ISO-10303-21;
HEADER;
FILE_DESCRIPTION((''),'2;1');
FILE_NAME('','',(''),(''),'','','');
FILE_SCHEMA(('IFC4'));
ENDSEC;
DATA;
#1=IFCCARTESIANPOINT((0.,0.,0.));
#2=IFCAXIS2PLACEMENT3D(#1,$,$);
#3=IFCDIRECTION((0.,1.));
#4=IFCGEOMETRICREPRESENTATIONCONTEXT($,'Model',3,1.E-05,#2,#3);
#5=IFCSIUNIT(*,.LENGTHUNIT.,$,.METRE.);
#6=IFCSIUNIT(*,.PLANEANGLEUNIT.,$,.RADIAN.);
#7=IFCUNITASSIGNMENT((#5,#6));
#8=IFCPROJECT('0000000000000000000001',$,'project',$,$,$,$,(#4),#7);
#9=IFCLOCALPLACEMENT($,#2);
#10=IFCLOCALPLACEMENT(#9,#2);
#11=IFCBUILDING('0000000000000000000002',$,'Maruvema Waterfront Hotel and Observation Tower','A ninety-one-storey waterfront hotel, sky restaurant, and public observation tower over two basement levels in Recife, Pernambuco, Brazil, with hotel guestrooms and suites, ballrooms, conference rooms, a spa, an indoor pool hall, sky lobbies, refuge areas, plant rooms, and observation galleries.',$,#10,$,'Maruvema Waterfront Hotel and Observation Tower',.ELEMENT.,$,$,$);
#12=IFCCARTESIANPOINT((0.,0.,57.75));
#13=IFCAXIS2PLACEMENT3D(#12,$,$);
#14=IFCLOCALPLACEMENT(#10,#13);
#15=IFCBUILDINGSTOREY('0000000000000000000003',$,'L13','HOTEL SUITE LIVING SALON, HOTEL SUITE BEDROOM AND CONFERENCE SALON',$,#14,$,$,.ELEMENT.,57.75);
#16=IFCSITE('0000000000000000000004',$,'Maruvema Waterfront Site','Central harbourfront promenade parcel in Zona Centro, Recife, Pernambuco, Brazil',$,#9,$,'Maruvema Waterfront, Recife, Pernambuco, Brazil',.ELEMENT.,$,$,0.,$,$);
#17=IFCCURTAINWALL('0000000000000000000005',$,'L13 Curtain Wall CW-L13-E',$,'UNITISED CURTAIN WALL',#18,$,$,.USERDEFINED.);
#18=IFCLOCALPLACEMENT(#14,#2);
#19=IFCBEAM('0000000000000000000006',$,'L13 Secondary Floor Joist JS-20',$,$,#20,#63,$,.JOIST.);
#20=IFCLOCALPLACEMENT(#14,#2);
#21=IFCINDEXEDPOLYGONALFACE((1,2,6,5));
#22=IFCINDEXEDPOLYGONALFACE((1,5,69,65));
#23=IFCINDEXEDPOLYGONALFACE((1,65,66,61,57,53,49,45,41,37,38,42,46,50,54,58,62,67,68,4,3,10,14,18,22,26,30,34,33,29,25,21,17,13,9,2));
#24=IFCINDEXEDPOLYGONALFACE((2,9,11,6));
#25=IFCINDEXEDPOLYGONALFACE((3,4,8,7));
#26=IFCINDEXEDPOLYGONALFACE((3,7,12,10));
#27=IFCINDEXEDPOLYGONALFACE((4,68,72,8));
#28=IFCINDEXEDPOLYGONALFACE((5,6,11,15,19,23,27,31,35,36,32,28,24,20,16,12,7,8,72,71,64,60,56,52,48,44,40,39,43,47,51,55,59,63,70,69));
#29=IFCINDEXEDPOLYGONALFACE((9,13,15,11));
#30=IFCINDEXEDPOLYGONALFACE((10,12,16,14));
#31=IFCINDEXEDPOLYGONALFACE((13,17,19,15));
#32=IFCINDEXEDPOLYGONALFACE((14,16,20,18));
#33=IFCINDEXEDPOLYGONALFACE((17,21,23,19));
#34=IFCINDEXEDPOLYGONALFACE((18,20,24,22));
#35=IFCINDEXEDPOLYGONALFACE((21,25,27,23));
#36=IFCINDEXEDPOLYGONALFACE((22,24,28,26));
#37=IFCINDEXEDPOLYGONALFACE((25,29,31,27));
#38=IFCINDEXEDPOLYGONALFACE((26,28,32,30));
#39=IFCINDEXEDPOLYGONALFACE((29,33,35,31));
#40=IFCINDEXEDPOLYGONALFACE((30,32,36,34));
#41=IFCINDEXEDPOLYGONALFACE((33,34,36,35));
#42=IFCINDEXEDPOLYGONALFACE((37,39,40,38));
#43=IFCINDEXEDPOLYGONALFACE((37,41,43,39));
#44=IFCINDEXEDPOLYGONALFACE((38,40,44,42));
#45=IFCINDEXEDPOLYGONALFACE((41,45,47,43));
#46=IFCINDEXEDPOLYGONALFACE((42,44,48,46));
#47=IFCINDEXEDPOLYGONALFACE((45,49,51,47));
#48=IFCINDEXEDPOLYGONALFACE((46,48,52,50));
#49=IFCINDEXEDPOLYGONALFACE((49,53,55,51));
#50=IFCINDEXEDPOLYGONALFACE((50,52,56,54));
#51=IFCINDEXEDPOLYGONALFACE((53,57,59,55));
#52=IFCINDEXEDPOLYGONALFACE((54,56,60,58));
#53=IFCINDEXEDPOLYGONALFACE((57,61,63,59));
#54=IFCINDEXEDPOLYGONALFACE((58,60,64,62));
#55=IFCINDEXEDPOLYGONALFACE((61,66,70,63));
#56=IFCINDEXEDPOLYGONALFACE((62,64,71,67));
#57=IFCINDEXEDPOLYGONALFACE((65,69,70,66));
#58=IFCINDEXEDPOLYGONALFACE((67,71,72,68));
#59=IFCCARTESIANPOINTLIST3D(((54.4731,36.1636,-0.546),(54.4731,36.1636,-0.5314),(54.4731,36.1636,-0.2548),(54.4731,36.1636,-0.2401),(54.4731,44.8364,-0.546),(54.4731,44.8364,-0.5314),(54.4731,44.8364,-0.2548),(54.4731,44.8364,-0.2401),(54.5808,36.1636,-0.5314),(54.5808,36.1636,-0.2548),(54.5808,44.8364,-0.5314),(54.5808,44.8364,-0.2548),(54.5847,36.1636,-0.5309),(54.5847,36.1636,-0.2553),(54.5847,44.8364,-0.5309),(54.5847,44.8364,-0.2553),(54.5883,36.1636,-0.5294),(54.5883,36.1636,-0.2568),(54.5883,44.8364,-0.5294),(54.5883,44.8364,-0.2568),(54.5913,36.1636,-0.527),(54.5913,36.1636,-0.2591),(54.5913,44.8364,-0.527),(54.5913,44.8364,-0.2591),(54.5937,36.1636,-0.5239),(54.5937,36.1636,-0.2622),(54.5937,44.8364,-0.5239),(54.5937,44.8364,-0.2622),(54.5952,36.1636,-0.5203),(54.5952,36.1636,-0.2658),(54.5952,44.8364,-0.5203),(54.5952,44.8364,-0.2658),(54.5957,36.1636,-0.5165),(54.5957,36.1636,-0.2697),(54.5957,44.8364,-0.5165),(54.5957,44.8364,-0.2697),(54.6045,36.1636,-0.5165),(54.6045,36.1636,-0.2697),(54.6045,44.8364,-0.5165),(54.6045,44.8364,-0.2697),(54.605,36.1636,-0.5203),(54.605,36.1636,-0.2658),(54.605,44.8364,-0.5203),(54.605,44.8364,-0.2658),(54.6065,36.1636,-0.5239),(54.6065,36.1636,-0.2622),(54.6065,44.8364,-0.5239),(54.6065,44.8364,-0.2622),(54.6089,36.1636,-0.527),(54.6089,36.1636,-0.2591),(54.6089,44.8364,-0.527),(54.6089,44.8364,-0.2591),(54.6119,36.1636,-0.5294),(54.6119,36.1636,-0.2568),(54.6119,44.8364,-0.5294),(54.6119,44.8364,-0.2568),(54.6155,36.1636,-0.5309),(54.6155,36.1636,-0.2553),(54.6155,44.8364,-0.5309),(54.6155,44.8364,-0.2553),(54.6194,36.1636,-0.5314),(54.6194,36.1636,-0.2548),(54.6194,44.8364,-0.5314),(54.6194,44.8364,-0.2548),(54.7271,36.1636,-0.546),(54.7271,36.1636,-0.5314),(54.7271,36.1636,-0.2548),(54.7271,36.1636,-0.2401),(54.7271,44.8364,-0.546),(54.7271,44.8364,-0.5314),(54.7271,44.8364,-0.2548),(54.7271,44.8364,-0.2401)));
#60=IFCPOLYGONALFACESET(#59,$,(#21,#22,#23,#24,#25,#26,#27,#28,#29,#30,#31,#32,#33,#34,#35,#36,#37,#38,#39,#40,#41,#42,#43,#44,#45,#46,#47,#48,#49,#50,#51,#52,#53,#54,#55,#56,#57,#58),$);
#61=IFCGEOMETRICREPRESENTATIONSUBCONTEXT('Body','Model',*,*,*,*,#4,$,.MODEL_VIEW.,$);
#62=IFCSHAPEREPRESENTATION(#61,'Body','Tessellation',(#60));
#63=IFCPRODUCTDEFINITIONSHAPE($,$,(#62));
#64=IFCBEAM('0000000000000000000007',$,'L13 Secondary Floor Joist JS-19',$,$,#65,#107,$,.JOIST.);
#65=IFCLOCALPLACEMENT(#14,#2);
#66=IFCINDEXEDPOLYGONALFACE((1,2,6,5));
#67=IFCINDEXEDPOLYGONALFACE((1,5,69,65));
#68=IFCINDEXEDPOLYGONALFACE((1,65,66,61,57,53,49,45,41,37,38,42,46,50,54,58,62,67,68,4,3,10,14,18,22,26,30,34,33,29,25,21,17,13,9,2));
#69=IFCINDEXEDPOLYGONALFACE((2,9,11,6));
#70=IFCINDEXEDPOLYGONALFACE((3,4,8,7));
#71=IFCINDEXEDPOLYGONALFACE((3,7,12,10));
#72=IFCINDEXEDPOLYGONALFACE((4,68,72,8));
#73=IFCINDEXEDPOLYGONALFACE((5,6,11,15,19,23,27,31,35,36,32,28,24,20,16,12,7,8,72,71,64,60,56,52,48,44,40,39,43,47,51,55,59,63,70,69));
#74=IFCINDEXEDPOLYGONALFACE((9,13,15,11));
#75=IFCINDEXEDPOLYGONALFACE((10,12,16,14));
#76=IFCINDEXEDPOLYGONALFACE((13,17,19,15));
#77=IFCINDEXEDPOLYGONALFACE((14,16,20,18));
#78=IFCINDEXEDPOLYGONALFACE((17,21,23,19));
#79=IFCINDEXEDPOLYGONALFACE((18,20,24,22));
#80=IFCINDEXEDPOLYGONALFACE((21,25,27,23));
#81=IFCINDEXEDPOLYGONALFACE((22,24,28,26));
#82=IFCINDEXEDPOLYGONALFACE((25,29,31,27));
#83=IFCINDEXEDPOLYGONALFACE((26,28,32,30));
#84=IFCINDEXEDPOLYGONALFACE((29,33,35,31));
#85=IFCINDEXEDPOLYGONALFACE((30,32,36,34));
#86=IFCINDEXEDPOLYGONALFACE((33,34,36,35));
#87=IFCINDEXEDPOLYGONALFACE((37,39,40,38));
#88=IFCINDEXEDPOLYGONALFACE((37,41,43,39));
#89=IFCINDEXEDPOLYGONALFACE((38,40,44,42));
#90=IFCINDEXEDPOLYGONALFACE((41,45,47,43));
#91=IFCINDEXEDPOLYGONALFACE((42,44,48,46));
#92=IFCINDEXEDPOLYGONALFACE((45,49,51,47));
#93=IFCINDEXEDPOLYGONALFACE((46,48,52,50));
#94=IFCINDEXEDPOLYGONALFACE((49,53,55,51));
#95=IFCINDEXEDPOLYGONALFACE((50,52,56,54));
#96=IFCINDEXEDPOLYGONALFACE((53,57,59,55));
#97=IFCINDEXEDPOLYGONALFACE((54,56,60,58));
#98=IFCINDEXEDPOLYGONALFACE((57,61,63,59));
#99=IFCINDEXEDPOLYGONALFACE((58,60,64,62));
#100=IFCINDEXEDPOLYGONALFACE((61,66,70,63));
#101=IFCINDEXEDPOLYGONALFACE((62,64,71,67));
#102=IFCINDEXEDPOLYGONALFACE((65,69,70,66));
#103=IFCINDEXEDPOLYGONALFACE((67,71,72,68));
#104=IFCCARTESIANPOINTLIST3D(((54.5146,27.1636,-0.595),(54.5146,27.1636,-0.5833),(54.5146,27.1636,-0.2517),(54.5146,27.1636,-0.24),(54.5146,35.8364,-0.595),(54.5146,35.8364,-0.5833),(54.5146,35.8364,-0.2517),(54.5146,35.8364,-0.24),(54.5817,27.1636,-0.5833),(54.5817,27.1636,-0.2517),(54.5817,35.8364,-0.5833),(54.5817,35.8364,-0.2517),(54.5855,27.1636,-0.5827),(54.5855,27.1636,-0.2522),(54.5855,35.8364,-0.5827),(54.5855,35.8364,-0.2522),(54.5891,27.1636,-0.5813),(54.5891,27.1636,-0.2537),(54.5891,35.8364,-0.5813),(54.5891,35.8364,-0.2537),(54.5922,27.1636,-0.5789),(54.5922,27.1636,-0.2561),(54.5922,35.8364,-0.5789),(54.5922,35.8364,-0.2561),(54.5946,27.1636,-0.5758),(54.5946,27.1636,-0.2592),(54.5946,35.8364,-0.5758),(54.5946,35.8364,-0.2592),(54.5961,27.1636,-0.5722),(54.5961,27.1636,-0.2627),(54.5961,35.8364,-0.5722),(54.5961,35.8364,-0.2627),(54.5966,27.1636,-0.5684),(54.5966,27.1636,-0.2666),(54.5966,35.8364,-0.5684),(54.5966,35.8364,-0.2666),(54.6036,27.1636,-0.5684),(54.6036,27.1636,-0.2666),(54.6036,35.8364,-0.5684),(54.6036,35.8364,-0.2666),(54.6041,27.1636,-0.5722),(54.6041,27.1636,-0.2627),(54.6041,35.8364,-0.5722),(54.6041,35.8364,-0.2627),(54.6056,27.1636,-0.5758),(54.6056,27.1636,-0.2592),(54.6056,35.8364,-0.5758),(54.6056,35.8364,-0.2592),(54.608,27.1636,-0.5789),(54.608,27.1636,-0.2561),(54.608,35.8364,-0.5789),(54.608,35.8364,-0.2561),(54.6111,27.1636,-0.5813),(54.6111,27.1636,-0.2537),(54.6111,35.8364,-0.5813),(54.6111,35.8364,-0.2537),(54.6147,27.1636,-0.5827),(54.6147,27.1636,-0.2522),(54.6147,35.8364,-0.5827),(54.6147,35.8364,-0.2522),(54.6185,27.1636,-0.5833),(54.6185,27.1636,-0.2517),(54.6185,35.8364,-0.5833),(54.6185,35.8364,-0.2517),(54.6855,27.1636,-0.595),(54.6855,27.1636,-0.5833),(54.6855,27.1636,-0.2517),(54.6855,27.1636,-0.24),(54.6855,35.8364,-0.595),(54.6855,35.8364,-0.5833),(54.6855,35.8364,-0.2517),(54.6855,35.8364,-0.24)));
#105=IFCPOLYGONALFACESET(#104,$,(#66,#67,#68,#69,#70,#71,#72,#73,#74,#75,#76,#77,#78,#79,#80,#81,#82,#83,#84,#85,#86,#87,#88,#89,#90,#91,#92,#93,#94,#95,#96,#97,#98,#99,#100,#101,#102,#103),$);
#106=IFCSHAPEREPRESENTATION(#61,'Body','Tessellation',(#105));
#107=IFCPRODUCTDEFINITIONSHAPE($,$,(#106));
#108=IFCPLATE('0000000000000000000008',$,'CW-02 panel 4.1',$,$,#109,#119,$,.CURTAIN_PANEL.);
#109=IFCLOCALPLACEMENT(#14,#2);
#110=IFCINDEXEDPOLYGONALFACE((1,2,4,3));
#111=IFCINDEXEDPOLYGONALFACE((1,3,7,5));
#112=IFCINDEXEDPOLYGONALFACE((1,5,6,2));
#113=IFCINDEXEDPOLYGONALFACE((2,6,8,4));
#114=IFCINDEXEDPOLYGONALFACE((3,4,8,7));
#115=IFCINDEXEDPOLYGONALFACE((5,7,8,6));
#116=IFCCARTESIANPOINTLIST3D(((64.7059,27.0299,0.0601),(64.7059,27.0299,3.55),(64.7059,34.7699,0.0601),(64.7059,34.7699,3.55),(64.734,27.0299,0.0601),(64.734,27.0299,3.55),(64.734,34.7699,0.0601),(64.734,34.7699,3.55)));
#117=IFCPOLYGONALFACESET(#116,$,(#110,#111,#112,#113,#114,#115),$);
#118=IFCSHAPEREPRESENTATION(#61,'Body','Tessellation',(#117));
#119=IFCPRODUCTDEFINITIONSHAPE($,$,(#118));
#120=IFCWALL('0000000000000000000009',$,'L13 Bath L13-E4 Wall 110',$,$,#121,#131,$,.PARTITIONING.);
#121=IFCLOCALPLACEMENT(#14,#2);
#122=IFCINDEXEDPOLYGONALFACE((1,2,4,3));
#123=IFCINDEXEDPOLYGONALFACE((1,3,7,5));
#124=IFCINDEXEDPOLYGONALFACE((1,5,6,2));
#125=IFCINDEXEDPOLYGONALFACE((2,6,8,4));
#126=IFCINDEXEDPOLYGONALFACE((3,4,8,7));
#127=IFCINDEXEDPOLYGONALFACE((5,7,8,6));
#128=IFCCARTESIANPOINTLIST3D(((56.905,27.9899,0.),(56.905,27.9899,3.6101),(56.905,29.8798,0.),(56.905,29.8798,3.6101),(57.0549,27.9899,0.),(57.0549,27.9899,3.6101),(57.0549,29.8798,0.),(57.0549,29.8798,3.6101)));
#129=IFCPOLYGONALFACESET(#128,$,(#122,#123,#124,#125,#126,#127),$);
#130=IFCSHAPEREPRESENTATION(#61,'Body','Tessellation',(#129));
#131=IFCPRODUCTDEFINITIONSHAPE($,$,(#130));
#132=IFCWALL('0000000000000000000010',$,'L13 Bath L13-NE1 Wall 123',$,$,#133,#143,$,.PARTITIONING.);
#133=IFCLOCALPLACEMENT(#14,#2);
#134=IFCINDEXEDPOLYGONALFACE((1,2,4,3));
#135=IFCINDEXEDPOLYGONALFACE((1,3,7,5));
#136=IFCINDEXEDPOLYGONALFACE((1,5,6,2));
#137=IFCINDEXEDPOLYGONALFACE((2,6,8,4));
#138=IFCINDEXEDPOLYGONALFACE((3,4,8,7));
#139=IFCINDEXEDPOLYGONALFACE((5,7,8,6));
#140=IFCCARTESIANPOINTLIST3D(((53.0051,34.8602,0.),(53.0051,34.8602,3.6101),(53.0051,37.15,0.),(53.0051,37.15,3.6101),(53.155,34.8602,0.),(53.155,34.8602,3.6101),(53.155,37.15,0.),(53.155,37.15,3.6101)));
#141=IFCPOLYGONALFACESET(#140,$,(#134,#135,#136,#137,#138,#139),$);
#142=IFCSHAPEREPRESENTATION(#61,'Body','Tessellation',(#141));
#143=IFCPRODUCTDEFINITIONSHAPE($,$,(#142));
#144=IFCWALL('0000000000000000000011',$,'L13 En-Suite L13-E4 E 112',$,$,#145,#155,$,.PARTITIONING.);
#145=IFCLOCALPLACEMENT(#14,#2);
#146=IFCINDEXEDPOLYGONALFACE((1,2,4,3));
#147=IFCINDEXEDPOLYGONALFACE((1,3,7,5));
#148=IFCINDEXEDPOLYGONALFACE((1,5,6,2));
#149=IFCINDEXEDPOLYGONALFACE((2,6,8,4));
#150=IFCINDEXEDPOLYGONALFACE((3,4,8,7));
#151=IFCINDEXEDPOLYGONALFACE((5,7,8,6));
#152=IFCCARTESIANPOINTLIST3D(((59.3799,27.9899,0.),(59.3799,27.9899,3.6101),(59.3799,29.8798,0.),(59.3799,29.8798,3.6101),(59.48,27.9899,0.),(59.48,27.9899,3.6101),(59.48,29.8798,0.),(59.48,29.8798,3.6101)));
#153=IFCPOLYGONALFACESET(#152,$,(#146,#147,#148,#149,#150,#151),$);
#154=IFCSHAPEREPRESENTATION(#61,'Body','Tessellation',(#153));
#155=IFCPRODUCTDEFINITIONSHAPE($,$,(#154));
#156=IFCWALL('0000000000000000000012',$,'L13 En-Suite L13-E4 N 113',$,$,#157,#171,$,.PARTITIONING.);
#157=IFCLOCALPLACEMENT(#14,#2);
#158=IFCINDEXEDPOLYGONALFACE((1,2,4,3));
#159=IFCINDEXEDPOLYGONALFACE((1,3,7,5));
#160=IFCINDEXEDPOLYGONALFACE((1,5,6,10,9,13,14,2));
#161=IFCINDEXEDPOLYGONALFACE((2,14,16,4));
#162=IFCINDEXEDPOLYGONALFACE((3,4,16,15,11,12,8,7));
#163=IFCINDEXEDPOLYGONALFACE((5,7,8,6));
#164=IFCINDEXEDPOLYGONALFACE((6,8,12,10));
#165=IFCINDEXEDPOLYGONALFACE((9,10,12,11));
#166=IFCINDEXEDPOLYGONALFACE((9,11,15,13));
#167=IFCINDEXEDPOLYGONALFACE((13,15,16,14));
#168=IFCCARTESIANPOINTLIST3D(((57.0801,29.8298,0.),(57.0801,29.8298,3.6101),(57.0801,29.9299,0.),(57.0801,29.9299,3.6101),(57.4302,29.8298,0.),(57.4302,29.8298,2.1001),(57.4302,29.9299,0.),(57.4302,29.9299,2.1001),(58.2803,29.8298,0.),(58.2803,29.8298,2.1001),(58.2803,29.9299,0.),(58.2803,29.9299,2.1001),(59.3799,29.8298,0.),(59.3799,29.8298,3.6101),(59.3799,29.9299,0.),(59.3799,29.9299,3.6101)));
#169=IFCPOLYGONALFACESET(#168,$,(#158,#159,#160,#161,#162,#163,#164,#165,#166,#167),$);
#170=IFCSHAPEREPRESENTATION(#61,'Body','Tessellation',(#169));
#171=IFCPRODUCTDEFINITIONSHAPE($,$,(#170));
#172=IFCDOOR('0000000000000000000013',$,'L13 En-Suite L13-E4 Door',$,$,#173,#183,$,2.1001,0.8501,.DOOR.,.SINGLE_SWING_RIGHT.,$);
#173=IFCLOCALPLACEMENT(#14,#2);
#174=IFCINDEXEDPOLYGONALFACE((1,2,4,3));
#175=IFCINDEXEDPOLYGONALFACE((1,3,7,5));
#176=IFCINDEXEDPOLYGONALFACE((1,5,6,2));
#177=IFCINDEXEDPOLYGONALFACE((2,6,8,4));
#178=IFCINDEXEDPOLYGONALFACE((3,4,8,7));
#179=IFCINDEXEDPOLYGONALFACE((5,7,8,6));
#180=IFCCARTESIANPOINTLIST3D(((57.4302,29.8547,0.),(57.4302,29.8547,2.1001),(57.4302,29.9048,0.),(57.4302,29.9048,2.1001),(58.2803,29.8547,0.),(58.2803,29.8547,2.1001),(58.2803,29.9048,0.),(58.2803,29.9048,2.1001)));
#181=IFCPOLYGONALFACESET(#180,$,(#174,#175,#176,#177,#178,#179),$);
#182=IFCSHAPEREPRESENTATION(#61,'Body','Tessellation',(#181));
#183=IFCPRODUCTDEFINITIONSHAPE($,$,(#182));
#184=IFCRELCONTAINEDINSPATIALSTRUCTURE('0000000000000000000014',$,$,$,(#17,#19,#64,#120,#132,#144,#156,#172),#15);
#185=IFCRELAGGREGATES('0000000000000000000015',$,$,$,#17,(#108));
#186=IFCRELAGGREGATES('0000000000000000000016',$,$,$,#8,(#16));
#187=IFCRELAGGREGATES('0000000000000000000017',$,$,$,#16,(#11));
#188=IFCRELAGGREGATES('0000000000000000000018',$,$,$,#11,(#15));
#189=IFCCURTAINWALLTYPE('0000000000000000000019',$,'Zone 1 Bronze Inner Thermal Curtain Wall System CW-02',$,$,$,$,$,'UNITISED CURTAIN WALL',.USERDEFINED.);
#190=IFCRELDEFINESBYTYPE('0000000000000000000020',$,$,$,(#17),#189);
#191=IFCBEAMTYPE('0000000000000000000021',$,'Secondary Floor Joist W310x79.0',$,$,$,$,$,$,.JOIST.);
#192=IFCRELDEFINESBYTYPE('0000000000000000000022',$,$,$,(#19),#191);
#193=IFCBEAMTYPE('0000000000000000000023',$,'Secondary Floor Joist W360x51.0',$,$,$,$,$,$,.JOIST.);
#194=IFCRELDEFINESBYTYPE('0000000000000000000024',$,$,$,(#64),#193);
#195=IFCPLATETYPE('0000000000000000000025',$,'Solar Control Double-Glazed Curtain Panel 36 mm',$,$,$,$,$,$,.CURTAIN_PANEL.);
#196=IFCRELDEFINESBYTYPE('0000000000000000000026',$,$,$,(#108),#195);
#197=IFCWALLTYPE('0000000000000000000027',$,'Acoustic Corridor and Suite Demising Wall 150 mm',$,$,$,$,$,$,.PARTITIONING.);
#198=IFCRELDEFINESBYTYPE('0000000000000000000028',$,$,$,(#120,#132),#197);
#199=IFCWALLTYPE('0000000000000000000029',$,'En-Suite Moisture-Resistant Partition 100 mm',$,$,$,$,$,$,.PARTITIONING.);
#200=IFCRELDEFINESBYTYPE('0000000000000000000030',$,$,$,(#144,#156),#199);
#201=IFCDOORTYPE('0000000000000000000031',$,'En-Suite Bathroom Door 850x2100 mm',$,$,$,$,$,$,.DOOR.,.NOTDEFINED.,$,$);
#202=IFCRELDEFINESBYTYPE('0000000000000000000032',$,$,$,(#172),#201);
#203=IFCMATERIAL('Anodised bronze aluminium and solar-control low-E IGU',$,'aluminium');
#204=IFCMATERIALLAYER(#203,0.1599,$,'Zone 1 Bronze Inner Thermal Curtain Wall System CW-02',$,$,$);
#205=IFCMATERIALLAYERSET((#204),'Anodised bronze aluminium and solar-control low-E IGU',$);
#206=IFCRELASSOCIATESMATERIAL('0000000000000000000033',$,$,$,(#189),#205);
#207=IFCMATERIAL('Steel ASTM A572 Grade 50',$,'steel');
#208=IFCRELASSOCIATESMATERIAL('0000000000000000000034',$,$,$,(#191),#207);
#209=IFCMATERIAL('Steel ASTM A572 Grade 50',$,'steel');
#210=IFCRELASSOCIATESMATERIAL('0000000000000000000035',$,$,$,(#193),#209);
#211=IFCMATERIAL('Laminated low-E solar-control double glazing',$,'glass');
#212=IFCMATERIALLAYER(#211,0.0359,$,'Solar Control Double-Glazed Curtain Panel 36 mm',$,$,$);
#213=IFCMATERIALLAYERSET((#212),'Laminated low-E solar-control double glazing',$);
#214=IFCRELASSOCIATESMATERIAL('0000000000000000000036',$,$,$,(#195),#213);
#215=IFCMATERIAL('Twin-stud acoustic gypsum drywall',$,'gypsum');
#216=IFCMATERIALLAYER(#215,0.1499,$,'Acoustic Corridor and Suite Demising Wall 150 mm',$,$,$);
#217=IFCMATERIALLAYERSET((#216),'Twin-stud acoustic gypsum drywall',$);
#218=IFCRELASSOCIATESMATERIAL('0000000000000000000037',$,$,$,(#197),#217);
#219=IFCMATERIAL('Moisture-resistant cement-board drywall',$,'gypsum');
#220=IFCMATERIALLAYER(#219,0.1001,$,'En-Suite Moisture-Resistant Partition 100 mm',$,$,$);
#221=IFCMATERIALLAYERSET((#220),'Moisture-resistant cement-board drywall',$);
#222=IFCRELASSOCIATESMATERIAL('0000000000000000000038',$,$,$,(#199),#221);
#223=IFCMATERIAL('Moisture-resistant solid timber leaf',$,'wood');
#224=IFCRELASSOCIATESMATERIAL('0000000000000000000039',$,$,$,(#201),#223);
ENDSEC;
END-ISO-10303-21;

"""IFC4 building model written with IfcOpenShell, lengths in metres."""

from ifc_helpers import new_model, si_unit, direction, frame, frame_2d, origin, origin_2d, place, context, subcontext, project, spatial, rectangle, i_section, extrude, material, layer, layer_set, material_profile, profile_set, type_object, element, fill, aggregate, save


model = new_model("IFC4")

# Units and contexts
model_context = context("Model", 3, precision=1e-05, world=origin(), true_north=direction((0.0, 1.0)))
body_context = subcontext(model_context, "Body", "Model", "MODEL_VIEW")
ifc_project = project(units=[si_unit("LENGTHUNIT", "METRE"), si_unit("PLANEANGLEUNIT", "RADIAN")], contexts=[model_context])

# Site, building, storey
site_placement = place(None, origin())
site = spatial("IfcSite", under=ifc_project, at=site_placement, Name="Maruvema Waterfront Site", Description="Central harbourfront promenade parcel in Zona Centro, Recife, Pernambuco, Brazil", LongName="Maruvema Waterfront, Recife, Pernambuco, Brazil", CompositionType="ELEMENT", RefElevation=0.0)
building_placement = place(site_placement, origin())
building = spatial("IfcBuilding", under=site, at=building_placement, Name="Maruvema Waterfront Hotel and Observation Tower", Description="A ninety-one-storey waterfront hotel, sky restaurant, and public observation tower over two basement levels in Recife, Pernambuco, Brazil, with hotel guestrooms and suites, ballrooms, conference rooms, a spa, an indoor pool hall, sky lobbies, refuge areas, plant rooms, and observation galleries.", LongName="Maruvema Waterfront Hotel and Observation Tower", CompositionType="ELEMENT")
storey_placement = place(building_placement, frame((0.0, 0.0, 57.75)))
storey = spatial("IfcBuildingStorey", under=building, at=storey_placement, Name="L13", Description="HOTEL SUITE LIVING SALON, HOTEL SUITE BEDROOM AND CONFERENCE SALON", CompositionType="ELEMENT", Elevation=57.75)

# Curtain wall
ifc_material_1 = material(Name="Anodised bronze aluminium and solar-control low-E IGU", Category="aluminium")
ifc_layer_1 = layer(ifc_material_1, 0.1599, Name="Zone 1 Bronze Inner Thermal Curtain Wall System CW-02")
ifc_layer_set_1 = layer_set([ifc_layer_1], Name="Anodised bronze aluminium and solar-control low-E IGU")
curtain_wall_type = type_object("IfcCurtainWallType", Name="Zone 1 Bronze Inner Thermal Curtain Wall System CW-02", ElementType="UNITISED CURTAIN WALL", PredefinedType="USERDEFINED", material=ifc_layer_set_1)
curtain_wall_placement = place(storey_placement, origin())
curtain_wall = element("IfcCurtainWall", 1, at=curtain_wall_placement, inside=storey, type_object=curtain_wall_type, Name="L13 Curtain Wall CW-L13-E", ObjectType="UNITISED CURTAIN WALL", PredefinedType="USERDEFINED")

# Beams
ifc_material_2 = material(Name="Steel ASTM A572 Grade 50", Category="steel")
ifc_material_profile_1 = material_profile(ifc_material_2, i_section(OverallWidth=0.2539, OverallDepth=0.3059, WebThickness=0.0088, FlangeThickness=0.0146, FilletRadius=0.0149, at=origin_2d()), Name="W310x79.0")
ifc_profile_set_1 = profile_set([ifc_material_profile_1], Name="Steel ASTM A572 Grade 50")
beam_type_1 = type_object("IfcBeamType", Name="Secondary Floor Joist W310x79.0", PredefinedType="JOIST", material=ifc_profile_set_1)
beam_1_placement = place(storey_placement, frame((54.6001, 36.1636, -0.3931), z_axis=(0.0, 1.0, 0.0), x_axis=(-1.0, 0.0, 0.0)))
element("IfcBeam", 2, at=beam_1_placement, inside=storey, type_object=beam_type_1, Name="L13 Secondary Floor Joist JS-20", PredefinedType="JOIST", context=body_context, shape_type="SweptSolid", body=[
    extrude(i_section(OverallWidth=0.2539, OverallDepth=0.3059, WebThickness=0.0088, FlangeThickness=0.0146, FilletRadius=0.0149, at=origin_2d()), origin(), (0.0, 0.0, 1.0), 8.6729),
])
ifc_material_3 = material(Name="Steel ASTM A572 Grade 50", Category="steel")
ifc_material_profile_2 = material_profile(ifc_material_3, i_section(OverallWidth=0.1709, OverallDepth=0.355, WebThickness=0.0071, FlangeThickness=0.0117, FilletRadius=0.0149, at=origin_2d()), Name="W360x51.0")
ifc_profile_set_2 = profile_set([ifc_material_profile_2], Name="Steel ASTM A572 Grade 50")
beam_type_2 = type_object("IfcBeamType", Name="Secondary Floor Joist W360x51.0", PredefinedType="JOIST", material=ifc_profile_set_2)
beam_2_placement = place(storey_placement, frame((54.6001, 27.1636, -0.4175), z_axis=(0.0, 1.0, 0.0), x_axis=(-1.0, 0.0, 0.0)))
element("IfcBeam", 3, at=beam_2_placement, inside=storey, type_object=beam_type_2, Name="L13 Secondary Floor Joist JS-19", PredefinedType="JOIST", context=body_context, shape_type="SweptSolid", body=[
    extrude(i_section(OverallWidth=0.1709, OverallDepth=0.355, WebThickness=0.0071, FlangeThickness=0.0117, FilletRadius=0.0149, at=origin_2d()), origin(), (0.0, 0.0, 1.0), 8.6729),
])

# Plate
ifc_material_4 = material(Name="Laminated low-E solar-control double glazing", Category="glass")
ifc_layer_2 = layer(ifc_material_4, 0.0359, Name="Solar Control Double-Glazed Curtain Panel 36 mm")
ifc_layer_set_2 = layer_set([ifc_layer_2], Name="Laminated low-E solar-control double glazing")
plate_type = type_object("IfcPlateType", Name="Solar Control Double-Glazed Curtain Panel 36 mm", PredefinedType="CURTAIN_PANEL", material=ifc_layer_set_2)
plate_placement = place(storey_placement, frame((64.72, 30.8999, 0.0601), z_axis=(0.0, 0.0, 1.0), x_axis=(0.0, 1.0, 0.0)))
plate = element("IfcPlate", 4, at=plate_placement, type_object=plate_type, Name="CW-02 panel 4.1", PredefinedType="CURTAIN_PANEL", context=body_context, shape_type="SweptSolid", body=[
    extrude(rectangle(XDim=7.74, YDim=0.0281, at=origin_2d()), origin(), (0.0, 0.0, 1.0), 3.49),
])
aggregate(curtain_wall, [plate])

# Wall
ifc_material_5 = material(Name="Twin-stud acoustic gypsum drywall", Category="gypsum")
ifc_layer_3 = layer(ifc_material_5, 0.1499, Name="Acoustic Corridor and Suite Demising Wall 150 mm")
ifc_layer_set_3 = layer_set([ifc_layer_3], Name="Twin-stud acoustic gypsum drywall")
wall_type_1 = type_object("IfcWallType", Name="Acoustic Corridor and Suite Demising Wall 150 mm", PredefinedType="PARTITIONING", material=ifc_layer_set_3)
wall_1_placement = place(storey_placement, frame((56.98, 27.99, 0.0), z_axis=(0.0, 0.0, 1.0), x_axis=(0.0, 1.0, 0.0)))
element("IfcWall", 5, at=wall_1_placement, inside=storey, type_object=wall_type_1, Name="L13 Bath L13-E4 Wall 110", PredefinedType="PARTITIONING", context=body_context, shape_type="SweptSolid", body=[
    extrude(rectangle(XDim=1.8899, YDim=0.1499, at=frame_2d((0.9448, 0.0))), origin(), (0.0, 0.0, 1.0), 3.6101),
])

# Walls
wall_2_placement = place(storey_placement, frame((53.0801, 34.8601, 0.0), z_axis=(0.0, 0.0, 1.0), x_axis=(0.0, 1.0, 0.0)))
element("IfcWall", 6, at=wall_2_placement, inside=storey, type_object=wall_type_1, Name="L13 Bath L13-NE1 Wall 123", PredefinedType="PARTITIONING", context=body_context, shape_type="SweptSolid", body=[
    extrude(rectangle(XDim=2.2898, YDim=0.1499, at=frame_2d((1.145, 0.0))), origin(), (0.0, 0.0, 1.0), 3.6101),
])
ifc_material_6 = material(Name="Moisture-resistant cement-board drywall", Category="gypsum")
ifc_layer_4 = layer(ifc_material_6, 0.1001, Name="En-Suite Moisture-Resistant Partition 100 mm")
ifc_layer_set_4 = layer_set([ifc_layer_4], Name="Moisture-resistant cement-board drywall")
wall_type_2 = type_object("IfcWallType", Name="En-Suite Moisture-Resistant Partition 100 mm", PredefinedType="PARTITIONING", material=ifc_layer_set_4)
wall_3_placement = place(storey_placement, frame((59.4299, 27.99, 0.0), z_axis=(0.0, 0.0, 1.0), x_axis=(0.0, 1.0, 0.0)))
element("IfcWall", 7, at=wall_3_placement, inside=storey, type_object=wall_type_2, Name="L13 En-Suite L13-E4 E 112", PredefinedType="PARTITIONING", context=body_context, shape_type="SweptSolid", body=[
    extrude(rectangle(XDim=1.8899, YDim=0.1001, at=frame_2d((0.9448, 0.0))), origin(), (0.0, 0.0, 1.0), 3.6101),
])

# Wall, opening, door
wall_4_placement = place(storey_placement, frame((57.0801, 29.8799, 0.0), z_axis=(0.0, 0.0, 1.0), x_axis=(1.0, 0.0, 0.0)))
wall_4 = element("IfcWall", 8, at=wall_4_placement, inside=storey, type_object=wall_type_2, Name="L13 En-Suite L13-E4 N 113", PredefinedType="PARTITIONING", context=body_context, shape_type="SweptSolid", body=[
    extrude(rectangle(XDim=2.2998, YDim=0.1001, at=frame_2d((1.1499, 0.0))), origin(), (0.0, 0.0, 1.0), 3.6101),
])
opening_1_placement = place(wall_4_placement, frame((0.3501, 0.0, 0.0)))
opening_1 = element("IfcOpeningElement", 9, at=opening_1_placement, cuts=wall_4, PredefinedType="OPENING", context=body_context, shape_type="SweptSolid", body=[
    extrude(rectangle(XDim=0.8501, YDim=2.1001, at=frame_2d((0.425, 1.05))), frame((0.0, 0.0601, 0.0), z_axis=(0.0, -1.0, 0.0), x_axis=(1.0, 0.0, 0.0)), (0.0, 0.0, 1.0), 0.1201),
])
ifc_material_7 = material(Name="Moisture-resistant solid timber leaf", Category="wood")
door_type_1 = type_object("IfcDoorType", Name="En-Suite Bathroom Door 850x2100 mm", OperationType="NOTDEFINED", PredefinedType="DOOR", material=ifc_material_7)
door_1_placement = place(opening_1_placement, origin())
door_1 = element("IfcDoor", 10, at=door_1_placement, inside=storey, type_object=door_type_1, Name="L13 En-Suite L13-E4 Door", OperationType="SINGLE_SWING_RIGHT", OverallHeight=2.1001, OverallWidth=0.8501, PredefinedType="DOOR", context=body_context, shape_type="SweptSolid", body=[
    extrude(rectangle(XDim=0.8501, YDim=2.1001, at=frame_2d((0.425, 1.05))), frame((0.0, 0.0249, 0.0), z_axis=(0.0, -1.0, 0.0), x_axis=(1.0, 0.0, 0.0)), (0.0, 0.0, 1.0), 0.05),
])
fill(opening_1, door_1)

save(model, "model.ifc")
